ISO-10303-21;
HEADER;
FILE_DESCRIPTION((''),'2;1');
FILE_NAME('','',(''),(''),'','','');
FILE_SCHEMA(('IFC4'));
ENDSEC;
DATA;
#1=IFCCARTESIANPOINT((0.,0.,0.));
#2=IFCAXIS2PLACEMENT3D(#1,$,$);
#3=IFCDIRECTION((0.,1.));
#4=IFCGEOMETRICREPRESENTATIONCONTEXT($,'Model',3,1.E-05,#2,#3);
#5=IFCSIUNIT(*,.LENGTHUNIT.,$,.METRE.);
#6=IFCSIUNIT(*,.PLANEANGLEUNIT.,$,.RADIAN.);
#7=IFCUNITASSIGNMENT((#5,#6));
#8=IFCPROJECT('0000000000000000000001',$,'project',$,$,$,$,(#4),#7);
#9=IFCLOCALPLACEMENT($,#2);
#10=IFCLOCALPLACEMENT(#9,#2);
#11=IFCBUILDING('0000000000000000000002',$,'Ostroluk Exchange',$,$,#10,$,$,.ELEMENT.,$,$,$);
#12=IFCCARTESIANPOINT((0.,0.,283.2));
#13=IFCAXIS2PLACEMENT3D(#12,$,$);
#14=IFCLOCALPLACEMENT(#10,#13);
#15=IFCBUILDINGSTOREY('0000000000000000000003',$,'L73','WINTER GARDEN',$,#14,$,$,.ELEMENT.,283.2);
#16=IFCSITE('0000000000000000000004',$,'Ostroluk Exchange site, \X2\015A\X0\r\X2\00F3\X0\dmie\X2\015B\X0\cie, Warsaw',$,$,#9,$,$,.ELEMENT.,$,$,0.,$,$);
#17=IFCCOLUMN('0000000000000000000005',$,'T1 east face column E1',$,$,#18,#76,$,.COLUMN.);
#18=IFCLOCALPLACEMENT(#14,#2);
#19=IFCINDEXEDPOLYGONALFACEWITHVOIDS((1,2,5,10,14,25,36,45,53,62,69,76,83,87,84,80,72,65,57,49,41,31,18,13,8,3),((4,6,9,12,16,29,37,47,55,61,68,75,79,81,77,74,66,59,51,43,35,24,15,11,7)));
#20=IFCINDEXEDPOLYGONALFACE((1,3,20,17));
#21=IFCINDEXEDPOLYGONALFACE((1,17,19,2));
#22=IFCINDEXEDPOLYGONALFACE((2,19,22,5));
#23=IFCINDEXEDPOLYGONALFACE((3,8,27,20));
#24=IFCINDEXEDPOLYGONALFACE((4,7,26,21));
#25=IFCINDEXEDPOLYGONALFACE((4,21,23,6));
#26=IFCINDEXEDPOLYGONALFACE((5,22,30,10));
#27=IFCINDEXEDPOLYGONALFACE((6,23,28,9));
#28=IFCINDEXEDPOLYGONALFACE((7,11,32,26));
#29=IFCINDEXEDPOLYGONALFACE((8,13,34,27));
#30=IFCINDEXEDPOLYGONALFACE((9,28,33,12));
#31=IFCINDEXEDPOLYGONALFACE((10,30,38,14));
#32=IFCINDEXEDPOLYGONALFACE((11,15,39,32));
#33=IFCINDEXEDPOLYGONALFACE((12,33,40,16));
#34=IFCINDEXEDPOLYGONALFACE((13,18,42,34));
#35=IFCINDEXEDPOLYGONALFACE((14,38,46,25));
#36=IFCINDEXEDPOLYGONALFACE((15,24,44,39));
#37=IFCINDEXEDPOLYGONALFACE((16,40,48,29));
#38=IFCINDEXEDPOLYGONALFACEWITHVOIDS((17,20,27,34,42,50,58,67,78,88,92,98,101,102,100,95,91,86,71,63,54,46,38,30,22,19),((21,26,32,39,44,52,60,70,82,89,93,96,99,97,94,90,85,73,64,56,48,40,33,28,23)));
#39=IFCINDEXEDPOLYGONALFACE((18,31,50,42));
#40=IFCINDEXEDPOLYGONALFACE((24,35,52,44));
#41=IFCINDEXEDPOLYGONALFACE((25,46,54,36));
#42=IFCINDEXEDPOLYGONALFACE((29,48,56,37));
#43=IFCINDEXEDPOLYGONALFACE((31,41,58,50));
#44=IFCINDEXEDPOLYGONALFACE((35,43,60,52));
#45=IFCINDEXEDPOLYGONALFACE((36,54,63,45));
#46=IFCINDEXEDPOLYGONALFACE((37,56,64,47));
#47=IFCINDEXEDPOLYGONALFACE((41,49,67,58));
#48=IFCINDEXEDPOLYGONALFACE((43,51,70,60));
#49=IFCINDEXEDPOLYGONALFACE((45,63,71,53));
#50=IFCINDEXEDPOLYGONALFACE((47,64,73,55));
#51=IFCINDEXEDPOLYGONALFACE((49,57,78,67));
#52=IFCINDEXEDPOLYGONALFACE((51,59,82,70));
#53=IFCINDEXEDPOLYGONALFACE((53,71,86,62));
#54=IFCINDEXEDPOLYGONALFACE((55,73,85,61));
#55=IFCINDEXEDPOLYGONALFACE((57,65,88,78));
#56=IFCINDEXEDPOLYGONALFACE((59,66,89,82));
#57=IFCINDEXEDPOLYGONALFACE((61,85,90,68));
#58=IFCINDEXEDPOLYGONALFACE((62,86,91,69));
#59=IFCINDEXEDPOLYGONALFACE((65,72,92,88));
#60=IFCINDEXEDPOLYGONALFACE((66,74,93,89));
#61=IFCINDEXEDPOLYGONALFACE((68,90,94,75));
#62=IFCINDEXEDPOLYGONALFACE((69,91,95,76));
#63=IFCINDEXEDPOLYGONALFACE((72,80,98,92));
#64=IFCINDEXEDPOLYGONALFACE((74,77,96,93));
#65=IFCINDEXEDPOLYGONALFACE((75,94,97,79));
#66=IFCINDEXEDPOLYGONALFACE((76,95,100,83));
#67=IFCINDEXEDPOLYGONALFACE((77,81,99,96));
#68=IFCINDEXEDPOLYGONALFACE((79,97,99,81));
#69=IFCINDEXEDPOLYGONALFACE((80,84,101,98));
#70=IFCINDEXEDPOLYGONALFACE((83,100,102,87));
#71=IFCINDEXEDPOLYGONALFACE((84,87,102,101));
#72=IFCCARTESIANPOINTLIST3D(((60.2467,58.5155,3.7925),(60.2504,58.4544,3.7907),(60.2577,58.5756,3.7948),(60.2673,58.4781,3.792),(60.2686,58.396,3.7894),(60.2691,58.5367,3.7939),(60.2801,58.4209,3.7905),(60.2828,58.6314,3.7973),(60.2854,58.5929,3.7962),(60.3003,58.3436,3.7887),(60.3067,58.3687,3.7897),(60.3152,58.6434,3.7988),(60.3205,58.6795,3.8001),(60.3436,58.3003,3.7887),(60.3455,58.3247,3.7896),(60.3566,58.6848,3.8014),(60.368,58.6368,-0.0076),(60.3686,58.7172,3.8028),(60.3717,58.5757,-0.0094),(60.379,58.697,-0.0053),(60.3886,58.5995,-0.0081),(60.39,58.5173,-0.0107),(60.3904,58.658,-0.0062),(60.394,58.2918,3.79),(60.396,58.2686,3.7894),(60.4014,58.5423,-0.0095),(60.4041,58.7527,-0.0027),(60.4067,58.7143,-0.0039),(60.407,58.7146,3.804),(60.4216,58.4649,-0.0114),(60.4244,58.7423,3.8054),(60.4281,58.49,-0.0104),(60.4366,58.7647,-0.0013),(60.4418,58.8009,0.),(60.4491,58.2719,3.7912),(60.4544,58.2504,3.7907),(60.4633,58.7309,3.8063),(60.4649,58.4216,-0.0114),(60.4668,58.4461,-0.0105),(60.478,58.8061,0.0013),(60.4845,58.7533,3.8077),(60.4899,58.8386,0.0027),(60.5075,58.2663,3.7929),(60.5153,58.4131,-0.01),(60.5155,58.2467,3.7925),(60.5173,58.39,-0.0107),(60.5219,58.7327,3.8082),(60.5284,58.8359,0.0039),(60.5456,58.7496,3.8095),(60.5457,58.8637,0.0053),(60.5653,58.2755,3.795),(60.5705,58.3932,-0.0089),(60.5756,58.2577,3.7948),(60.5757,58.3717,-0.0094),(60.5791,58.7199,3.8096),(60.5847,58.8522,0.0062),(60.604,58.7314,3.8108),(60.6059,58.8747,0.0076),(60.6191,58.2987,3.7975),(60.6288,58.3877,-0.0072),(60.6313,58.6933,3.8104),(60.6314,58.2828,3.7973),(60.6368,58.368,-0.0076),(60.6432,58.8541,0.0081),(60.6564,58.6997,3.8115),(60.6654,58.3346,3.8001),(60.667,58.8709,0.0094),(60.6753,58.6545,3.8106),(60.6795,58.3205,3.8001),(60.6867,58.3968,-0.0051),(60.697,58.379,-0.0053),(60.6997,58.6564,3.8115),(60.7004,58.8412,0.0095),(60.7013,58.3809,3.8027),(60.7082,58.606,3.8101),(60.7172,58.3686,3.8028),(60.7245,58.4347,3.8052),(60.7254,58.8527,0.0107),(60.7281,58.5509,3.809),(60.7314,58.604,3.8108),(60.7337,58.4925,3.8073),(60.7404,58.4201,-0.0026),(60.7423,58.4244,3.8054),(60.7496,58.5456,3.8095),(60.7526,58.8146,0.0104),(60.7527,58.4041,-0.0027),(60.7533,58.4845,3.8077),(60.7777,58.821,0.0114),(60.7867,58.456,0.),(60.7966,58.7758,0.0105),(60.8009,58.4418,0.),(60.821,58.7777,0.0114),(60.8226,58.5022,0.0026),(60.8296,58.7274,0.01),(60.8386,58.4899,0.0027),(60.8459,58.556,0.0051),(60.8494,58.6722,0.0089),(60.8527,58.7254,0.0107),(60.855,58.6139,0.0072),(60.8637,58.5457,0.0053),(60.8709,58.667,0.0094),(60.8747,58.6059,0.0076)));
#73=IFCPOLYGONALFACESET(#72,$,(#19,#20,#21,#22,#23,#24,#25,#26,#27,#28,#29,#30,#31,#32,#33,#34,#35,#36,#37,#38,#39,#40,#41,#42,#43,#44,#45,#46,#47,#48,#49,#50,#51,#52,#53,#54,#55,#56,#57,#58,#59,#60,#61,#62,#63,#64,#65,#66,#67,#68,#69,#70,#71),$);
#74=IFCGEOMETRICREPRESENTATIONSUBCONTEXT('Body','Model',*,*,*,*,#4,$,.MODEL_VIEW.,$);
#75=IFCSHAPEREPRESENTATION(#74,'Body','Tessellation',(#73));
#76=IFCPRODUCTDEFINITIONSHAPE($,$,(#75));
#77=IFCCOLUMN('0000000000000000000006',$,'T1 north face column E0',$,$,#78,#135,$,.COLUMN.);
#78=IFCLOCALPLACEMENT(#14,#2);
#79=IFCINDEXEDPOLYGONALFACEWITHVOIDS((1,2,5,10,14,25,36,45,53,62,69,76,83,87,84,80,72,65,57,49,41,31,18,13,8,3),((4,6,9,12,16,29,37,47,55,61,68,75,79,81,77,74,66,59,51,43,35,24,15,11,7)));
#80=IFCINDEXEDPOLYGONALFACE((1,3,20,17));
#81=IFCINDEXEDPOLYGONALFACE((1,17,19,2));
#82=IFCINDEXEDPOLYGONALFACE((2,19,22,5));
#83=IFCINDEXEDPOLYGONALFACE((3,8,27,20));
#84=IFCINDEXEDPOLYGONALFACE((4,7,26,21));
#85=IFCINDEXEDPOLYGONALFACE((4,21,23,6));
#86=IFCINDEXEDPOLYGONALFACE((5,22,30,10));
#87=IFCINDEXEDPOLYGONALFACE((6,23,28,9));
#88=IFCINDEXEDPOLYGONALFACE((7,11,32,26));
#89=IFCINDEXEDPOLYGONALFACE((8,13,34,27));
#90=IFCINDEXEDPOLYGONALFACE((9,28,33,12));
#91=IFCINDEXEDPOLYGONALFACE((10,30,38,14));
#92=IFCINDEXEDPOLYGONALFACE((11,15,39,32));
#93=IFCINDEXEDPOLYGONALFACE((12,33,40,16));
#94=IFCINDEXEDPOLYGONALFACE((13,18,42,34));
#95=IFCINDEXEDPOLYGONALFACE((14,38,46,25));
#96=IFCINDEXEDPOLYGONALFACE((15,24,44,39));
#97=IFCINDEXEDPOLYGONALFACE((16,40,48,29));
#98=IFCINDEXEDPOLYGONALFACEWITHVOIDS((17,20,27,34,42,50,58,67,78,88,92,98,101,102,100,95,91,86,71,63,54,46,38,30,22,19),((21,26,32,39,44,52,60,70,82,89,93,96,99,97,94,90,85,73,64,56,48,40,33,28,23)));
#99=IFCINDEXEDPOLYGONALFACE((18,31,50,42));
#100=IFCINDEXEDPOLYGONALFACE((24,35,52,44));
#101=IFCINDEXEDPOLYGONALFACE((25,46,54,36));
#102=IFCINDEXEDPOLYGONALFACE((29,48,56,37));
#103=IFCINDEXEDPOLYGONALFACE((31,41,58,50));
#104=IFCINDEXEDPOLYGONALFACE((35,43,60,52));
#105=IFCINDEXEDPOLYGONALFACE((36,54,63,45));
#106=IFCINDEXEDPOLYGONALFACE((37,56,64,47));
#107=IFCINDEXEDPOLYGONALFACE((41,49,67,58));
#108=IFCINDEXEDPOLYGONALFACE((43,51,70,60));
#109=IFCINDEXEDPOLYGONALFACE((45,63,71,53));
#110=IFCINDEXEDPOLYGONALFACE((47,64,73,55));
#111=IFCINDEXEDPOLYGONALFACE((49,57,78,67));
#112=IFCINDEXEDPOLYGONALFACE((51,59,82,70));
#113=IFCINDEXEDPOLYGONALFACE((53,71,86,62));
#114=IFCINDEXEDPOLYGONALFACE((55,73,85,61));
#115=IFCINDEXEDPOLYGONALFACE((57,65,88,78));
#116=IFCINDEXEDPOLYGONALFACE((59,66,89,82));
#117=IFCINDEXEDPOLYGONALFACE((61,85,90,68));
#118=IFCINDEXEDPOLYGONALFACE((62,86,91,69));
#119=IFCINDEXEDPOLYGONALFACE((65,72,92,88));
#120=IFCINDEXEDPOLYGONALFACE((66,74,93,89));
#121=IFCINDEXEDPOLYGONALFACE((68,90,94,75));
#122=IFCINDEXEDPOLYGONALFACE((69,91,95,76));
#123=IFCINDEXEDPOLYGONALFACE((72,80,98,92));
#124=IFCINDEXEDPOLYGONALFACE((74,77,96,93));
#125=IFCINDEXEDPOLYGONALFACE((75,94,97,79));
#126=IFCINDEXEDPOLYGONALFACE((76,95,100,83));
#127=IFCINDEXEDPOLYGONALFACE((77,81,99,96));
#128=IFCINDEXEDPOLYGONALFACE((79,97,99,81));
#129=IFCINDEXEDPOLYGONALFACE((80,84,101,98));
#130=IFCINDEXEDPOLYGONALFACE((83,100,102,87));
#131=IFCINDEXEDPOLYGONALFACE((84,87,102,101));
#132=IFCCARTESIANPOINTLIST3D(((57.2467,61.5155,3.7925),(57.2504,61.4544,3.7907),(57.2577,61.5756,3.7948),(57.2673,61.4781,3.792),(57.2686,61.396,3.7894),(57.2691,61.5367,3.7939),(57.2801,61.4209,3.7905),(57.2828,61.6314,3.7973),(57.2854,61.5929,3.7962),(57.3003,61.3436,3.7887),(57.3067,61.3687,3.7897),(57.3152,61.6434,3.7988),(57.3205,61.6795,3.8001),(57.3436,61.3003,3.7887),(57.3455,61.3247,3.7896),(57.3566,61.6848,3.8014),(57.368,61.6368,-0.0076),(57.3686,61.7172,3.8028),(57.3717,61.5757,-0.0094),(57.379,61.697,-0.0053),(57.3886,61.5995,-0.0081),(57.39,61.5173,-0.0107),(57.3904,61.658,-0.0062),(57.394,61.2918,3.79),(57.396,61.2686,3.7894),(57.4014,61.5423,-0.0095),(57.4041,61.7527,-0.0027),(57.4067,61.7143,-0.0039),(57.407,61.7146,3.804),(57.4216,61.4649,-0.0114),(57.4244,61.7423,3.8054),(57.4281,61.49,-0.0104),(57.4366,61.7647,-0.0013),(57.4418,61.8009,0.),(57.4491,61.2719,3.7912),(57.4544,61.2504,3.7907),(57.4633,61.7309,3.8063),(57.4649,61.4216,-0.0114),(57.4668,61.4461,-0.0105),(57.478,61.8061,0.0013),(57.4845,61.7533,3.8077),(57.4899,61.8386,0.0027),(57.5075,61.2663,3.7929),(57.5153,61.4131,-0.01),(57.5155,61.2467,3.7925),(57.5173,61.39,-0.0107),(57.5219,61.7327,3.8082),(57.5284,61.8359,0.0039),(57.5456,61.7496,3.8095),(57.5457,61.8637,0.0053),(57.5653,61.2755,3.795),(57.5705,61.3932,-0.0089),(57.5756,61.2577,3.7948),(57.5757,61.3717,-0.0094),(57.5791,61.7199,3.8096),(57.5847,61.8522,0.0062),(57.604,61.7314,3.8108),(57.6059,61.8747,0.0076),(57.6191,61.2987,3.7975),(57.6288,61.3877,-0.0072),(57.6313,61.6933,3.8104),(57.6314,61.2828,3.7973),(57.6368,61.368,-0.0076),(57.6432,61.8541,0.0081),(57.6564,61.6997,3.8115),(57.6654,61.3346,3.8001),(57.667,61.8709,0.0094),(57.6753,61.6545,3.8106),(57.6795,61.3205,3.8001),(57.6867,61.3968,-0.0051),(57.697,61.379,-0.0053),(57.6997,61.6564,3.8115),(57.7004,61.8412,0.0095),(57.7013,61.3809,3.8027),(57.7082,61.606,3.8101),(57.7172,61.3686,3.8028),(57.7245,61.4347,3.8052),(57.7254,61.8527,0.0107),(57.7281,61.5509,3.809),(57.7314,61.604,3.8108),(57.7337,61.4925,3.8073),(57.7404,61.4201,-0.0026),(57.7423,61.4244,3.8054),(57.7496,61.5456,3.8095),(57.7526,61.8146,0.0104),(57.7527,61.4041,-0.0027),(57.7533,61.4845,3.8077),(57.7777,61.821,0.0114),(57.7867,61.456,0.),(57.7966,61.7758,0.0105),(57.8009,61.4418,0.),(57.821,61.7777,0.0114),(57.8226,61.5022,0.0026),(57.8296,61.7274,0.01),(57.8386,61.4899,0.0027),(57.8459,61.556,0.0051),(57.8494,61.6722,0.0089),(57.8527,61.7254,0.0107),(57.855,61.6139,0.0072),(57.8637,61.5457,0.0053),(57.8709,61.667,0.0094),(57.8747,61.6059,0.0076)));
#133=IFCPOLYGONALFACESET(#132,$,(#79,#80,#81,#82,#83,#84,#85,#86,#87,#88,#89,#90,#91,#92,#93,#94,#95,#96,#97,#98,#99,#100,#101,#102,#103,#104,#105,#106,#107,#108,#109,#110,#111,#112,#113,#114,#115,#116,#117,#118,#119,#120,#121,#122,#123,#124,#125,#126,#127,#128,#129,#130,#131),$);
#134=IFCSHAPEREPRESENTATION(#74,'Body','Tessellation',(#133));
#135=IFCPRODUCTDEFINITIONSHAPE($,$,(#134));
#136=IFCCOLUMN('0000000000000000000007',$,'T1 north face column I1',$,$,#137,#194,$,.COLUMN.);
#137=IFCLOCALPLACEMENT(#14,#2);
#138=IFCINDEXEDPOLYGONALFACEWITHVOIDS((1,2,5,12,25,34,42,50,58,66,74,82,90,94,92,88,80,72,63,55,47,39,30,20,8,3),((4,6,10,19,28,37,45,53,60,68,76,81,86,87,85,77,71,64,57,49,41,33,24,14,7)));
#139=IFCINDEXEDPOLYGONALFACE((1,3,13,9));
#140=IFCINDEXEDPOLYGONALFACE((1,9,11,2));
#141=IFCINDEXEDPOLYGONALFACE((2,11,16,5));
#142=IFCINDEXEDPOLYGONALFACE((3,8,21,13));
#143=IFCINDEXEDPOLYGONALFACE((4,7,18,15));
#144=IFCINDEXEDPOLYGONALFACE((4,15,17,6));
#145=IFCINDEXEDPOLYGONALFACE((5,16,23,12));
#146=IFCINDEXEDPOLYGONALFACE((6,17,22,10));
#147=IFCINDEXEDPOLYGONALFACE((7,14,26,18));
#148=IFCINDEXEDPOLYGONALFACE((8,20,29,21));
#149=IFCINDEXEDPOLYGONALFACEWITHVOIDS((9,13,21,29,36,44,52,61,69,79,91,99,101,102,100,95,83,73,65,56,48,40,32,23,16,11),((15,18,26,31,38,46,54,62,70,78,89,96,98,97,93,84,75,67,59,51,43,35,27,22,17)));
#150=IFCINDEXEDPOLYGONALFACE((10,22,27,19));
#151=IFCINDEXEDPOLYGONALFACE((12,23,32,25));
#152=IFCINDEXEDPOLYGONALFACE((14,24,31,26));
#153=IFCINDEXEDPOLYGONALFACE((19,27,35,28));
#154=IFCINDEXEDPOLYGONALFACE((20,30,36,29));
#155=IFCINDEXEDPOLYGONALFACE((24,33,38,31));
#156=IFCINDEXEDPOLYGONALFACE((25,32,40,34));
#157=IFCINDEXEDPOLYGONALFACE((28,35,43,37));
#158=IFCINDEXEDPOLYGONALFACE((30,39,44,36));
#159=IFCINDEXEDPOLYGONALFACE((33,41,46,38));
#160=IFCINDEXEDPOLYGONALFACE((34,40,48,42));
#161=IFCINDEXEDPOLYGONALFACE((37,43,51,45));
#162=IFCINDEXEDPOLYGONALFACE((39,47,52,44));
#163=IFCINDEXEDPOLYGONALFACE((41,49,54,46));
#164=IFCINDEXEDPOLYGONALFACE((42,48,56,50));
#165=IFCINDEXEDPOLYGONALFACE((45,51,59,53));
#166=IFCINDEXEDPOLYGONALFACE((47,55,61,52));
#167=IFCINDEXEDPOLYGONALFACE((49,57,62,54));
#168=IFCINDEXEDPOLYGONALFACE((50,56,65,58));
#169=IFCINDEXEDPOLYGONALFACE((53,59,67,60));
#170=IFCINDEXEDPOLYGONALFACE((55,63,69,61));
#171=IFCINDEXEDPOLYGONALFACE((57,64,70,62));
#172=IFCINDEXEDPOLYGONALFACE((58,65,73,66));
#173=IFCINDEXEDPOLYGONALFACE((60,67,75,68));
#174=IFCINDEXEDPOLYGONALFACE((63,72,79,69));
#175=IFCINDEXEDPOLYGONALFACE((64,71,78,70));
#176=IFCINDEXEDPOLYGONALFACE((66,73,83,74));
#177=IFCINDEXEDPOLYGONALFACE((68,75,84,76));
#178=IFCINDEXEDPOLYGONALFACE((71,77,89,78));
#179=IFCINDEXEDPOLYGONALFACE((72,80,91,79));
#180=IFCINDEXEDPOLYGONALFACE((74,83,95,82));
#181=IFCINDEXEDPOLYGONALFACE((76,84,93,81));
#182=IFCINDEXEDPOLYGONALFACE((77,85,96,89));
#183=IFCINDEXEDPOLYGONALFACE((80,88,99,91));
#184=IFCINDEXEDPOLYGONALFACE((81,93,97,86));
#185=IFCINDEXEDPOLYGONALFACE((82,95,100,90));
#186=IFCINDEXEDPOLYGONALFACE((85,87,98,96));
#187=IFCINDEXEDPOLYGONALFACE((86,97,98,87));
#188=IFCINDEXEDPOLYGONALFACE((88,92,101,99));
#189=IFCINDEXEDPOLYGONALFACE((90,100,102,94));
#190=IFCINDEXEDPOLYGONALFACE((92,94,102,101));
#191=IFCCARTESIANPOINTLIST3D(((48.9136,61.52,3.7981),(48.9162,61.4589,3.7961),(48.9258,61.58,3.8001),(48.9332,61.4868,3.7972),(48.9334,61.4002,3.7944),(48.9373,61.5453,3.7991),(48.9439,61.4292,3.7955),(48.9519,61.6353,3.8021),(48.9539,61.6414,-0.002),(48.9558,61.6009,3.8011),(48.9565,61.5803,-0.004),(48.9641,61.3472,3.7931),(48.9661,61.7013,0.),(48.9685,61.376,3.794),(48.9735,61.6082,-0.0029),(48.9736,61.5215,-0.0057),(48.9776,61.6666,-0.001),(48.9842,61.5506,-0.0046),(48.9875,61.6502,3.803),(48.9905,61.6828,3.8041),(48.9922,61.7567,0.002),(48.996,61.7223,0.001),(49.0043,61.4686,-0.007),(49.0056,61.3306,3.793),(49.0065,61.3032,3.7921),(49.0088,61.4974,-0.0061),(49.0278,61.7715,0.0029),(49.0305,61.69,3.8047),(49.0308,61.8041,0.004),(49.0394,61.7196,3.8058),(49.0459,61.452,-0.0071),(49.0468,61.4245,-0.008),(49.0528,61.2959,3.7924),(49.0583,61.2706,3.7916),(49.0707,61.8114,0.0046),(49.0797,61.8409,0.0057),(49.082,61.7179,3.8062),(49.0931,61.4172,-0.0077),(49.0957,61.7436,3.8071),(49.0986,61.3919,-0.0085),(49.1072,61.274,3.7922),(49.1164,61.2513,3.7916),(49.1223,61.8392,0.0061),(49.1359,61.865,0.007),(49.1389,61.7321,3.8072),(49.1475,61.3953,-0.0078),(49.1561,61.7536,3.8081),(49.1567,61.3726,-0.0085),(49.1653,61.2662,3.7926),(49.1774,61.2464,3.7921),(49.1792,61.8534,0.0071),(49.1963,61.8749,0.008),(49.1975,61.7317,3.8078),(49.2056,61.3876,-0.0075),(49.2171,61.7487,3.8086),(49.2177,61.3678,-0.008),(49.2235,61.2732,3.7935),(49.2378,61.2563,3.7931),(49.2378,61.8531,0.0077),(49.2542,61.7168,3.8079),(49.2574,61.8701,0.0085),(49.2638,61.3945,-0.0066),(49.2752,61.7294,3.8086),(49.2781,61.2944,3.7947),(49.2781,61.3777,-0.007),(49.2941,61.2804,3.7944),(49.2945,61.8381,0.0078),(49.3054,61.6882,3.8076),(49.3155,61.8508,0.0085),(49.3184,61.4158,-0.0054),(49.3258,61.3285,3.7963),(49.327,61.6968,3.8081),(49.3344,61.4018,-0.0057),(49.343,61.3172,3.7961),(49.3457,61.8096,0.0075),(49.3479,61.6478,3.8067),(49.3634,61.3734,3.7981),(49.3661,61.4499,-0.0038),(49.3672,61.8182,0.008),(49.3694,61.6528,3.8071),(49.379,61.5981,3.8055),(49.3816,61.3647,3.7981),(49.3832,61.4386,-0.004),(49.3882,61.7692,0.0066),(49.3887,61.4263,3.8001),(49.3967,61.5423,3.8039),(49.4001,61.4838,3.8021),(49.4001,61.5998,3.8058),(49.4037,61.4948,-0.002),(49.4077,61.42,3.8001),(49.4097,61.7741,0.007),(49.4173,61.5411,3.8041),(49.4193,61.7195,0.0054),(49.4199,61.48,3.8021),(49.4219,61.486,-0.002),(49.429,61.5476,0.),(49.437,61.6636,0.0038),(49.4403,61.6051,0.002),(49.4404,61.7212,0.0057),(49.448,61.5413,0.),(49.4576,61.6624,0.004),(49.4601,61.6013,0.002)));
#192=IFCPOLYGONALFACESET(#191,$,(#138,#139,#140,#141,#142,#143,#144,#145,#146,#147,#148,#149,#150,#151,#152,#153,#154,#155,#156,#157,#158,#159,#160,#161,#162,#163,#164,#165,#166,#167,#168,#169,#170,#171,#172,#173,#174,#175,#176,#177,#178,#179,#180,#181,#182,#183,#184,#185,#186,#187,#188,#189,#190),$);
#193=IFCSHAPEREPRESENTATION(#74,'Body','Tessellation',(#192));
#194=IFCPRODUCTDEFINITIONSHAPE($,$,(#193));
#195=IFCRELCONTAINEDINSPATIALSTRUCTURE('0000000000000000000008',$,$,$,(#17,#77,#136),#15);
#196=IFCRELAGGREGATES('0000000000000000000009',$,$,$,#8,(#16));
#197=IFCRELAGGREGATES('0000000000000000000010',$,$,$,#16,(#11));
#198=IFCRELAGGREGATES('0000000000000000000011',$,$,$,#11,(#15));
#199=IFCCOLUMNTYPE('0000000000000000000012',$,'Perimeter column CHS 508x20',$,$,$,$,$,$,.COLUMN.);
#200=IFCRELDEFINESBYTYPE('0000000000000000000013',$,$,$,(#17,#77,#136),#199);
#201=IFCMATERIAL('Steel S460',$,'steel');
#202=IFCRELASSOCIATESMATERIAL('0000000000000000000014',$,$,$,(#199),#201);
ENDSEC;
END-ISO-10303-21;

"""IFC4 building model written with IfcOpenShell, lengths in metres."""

from ifc_helpers import new_model, si_unit, direction, frame, origin, origin_2d, place, context, subcontext, project, spatial, hollow_circle, extrude, material, material_profile, profile_set, type_object, element, save


model = new_model("IFC4")

# Units and contexts
model_context = context("Model", 3, precision=1e-05, world=origin(), true_north=direction((0.0, 1.0)))
body_context = subcontext(model_context, "Body", "Model", "MODEL_VIEW")
ifc_project = project(units=[si_unit("LENGTHUNIT", "METRE"), si_unit("PLANEANGLEUNIT", "RADIAN")], contexts=[model_context])

# Site, building, storey
site_placement = place(None, origin())
site = spatial("IfcSite", under=ifc_project, at=site_placement, Name="Ostroluk Exchange site, Śródmieście, Warsaw", CompositionType="ELEMENT", RefElevation=0.0)
building_placement = place(site_placement, origin())
building = spatial("IfcBuilding", under=site, at=building_placement, Name="Ostroluk Exchange", CompositionType="ELEMENT")
storey_placement = place(building_placement, frame((0.0, 0.0, 283.2)))
storey = spatial("IfcBuildingStorey", under=building, at=storey_placement, Name="L73", Description="WINTER GARDEN", CompositionType="ELEMENT", Elevation=283.2)

# Columns
ifc_material_1 = material(Name="Steel S460", Category="steel")
ifc_material_profile_1 = material_profile(ifc_material_1, hollow_circle(Radius=0.2539, WallThickness=0.02, at=origin_2d()), Name="CHS 508x20")
ifc_profile_set_1 = profile_set([ifc_material_profile_1], Name="Steel S460")
column_type = type_object("IfcColumnType", Name="Perimeter column CHS 508x20", PredefinedType="COLUMN", material=ifc_profile_set_1)
for number, where, z_axis, x_axis, name in (
    (1, (60.6213, 58.6213, 0.0), (-0.031898, -0.031898, 0.998982), (0.707107, -0.707107, 0.0), "T1 east face column E1"),
    (2, (57.6213, 61.6213, 0.0), (-0.031898, -0.031898, 0.998982), (0.707107, -0.707107, 0.0), "T1 north face column E0"),
):
    element("IfcColumn", number, at=place(storey_placement, frame(where, z_axis=z_axis, x_axis=x_axis)), inside=storey, type_object=column_type, Name=name, PredefinedType="COLUMN", context=body_context, shape_type="SweptSolid", body=[
        extrude(hollow_circle(Radius=0.2539, WallThickness=0.02, at=origin_2d()), origin(), (0.0, 0.0, 1.0), 3.804),
    ])
column_placement = place(storey_placement, frame((49.207, 61.6213, 0.0), z_axis=(-0.010595, -0.031913, 0.999435), x_axis=(0.949065, -0.315082, 0.0)))
element("IfcColumn", 3, at=column_placement, inside=storey, type_object=column_type, Name="T1 north face column I1", PredefinedType="COLUMN", context=body_context, shape_type="SweptSolid", body=[
    extrude(hollow_circle(Radius=0.2539, WallThickness=0.02, at=origin_2d()), origin(), (0.0, 0.0, 1.0), 3.8022),
])

save(model, "model.ifc")
